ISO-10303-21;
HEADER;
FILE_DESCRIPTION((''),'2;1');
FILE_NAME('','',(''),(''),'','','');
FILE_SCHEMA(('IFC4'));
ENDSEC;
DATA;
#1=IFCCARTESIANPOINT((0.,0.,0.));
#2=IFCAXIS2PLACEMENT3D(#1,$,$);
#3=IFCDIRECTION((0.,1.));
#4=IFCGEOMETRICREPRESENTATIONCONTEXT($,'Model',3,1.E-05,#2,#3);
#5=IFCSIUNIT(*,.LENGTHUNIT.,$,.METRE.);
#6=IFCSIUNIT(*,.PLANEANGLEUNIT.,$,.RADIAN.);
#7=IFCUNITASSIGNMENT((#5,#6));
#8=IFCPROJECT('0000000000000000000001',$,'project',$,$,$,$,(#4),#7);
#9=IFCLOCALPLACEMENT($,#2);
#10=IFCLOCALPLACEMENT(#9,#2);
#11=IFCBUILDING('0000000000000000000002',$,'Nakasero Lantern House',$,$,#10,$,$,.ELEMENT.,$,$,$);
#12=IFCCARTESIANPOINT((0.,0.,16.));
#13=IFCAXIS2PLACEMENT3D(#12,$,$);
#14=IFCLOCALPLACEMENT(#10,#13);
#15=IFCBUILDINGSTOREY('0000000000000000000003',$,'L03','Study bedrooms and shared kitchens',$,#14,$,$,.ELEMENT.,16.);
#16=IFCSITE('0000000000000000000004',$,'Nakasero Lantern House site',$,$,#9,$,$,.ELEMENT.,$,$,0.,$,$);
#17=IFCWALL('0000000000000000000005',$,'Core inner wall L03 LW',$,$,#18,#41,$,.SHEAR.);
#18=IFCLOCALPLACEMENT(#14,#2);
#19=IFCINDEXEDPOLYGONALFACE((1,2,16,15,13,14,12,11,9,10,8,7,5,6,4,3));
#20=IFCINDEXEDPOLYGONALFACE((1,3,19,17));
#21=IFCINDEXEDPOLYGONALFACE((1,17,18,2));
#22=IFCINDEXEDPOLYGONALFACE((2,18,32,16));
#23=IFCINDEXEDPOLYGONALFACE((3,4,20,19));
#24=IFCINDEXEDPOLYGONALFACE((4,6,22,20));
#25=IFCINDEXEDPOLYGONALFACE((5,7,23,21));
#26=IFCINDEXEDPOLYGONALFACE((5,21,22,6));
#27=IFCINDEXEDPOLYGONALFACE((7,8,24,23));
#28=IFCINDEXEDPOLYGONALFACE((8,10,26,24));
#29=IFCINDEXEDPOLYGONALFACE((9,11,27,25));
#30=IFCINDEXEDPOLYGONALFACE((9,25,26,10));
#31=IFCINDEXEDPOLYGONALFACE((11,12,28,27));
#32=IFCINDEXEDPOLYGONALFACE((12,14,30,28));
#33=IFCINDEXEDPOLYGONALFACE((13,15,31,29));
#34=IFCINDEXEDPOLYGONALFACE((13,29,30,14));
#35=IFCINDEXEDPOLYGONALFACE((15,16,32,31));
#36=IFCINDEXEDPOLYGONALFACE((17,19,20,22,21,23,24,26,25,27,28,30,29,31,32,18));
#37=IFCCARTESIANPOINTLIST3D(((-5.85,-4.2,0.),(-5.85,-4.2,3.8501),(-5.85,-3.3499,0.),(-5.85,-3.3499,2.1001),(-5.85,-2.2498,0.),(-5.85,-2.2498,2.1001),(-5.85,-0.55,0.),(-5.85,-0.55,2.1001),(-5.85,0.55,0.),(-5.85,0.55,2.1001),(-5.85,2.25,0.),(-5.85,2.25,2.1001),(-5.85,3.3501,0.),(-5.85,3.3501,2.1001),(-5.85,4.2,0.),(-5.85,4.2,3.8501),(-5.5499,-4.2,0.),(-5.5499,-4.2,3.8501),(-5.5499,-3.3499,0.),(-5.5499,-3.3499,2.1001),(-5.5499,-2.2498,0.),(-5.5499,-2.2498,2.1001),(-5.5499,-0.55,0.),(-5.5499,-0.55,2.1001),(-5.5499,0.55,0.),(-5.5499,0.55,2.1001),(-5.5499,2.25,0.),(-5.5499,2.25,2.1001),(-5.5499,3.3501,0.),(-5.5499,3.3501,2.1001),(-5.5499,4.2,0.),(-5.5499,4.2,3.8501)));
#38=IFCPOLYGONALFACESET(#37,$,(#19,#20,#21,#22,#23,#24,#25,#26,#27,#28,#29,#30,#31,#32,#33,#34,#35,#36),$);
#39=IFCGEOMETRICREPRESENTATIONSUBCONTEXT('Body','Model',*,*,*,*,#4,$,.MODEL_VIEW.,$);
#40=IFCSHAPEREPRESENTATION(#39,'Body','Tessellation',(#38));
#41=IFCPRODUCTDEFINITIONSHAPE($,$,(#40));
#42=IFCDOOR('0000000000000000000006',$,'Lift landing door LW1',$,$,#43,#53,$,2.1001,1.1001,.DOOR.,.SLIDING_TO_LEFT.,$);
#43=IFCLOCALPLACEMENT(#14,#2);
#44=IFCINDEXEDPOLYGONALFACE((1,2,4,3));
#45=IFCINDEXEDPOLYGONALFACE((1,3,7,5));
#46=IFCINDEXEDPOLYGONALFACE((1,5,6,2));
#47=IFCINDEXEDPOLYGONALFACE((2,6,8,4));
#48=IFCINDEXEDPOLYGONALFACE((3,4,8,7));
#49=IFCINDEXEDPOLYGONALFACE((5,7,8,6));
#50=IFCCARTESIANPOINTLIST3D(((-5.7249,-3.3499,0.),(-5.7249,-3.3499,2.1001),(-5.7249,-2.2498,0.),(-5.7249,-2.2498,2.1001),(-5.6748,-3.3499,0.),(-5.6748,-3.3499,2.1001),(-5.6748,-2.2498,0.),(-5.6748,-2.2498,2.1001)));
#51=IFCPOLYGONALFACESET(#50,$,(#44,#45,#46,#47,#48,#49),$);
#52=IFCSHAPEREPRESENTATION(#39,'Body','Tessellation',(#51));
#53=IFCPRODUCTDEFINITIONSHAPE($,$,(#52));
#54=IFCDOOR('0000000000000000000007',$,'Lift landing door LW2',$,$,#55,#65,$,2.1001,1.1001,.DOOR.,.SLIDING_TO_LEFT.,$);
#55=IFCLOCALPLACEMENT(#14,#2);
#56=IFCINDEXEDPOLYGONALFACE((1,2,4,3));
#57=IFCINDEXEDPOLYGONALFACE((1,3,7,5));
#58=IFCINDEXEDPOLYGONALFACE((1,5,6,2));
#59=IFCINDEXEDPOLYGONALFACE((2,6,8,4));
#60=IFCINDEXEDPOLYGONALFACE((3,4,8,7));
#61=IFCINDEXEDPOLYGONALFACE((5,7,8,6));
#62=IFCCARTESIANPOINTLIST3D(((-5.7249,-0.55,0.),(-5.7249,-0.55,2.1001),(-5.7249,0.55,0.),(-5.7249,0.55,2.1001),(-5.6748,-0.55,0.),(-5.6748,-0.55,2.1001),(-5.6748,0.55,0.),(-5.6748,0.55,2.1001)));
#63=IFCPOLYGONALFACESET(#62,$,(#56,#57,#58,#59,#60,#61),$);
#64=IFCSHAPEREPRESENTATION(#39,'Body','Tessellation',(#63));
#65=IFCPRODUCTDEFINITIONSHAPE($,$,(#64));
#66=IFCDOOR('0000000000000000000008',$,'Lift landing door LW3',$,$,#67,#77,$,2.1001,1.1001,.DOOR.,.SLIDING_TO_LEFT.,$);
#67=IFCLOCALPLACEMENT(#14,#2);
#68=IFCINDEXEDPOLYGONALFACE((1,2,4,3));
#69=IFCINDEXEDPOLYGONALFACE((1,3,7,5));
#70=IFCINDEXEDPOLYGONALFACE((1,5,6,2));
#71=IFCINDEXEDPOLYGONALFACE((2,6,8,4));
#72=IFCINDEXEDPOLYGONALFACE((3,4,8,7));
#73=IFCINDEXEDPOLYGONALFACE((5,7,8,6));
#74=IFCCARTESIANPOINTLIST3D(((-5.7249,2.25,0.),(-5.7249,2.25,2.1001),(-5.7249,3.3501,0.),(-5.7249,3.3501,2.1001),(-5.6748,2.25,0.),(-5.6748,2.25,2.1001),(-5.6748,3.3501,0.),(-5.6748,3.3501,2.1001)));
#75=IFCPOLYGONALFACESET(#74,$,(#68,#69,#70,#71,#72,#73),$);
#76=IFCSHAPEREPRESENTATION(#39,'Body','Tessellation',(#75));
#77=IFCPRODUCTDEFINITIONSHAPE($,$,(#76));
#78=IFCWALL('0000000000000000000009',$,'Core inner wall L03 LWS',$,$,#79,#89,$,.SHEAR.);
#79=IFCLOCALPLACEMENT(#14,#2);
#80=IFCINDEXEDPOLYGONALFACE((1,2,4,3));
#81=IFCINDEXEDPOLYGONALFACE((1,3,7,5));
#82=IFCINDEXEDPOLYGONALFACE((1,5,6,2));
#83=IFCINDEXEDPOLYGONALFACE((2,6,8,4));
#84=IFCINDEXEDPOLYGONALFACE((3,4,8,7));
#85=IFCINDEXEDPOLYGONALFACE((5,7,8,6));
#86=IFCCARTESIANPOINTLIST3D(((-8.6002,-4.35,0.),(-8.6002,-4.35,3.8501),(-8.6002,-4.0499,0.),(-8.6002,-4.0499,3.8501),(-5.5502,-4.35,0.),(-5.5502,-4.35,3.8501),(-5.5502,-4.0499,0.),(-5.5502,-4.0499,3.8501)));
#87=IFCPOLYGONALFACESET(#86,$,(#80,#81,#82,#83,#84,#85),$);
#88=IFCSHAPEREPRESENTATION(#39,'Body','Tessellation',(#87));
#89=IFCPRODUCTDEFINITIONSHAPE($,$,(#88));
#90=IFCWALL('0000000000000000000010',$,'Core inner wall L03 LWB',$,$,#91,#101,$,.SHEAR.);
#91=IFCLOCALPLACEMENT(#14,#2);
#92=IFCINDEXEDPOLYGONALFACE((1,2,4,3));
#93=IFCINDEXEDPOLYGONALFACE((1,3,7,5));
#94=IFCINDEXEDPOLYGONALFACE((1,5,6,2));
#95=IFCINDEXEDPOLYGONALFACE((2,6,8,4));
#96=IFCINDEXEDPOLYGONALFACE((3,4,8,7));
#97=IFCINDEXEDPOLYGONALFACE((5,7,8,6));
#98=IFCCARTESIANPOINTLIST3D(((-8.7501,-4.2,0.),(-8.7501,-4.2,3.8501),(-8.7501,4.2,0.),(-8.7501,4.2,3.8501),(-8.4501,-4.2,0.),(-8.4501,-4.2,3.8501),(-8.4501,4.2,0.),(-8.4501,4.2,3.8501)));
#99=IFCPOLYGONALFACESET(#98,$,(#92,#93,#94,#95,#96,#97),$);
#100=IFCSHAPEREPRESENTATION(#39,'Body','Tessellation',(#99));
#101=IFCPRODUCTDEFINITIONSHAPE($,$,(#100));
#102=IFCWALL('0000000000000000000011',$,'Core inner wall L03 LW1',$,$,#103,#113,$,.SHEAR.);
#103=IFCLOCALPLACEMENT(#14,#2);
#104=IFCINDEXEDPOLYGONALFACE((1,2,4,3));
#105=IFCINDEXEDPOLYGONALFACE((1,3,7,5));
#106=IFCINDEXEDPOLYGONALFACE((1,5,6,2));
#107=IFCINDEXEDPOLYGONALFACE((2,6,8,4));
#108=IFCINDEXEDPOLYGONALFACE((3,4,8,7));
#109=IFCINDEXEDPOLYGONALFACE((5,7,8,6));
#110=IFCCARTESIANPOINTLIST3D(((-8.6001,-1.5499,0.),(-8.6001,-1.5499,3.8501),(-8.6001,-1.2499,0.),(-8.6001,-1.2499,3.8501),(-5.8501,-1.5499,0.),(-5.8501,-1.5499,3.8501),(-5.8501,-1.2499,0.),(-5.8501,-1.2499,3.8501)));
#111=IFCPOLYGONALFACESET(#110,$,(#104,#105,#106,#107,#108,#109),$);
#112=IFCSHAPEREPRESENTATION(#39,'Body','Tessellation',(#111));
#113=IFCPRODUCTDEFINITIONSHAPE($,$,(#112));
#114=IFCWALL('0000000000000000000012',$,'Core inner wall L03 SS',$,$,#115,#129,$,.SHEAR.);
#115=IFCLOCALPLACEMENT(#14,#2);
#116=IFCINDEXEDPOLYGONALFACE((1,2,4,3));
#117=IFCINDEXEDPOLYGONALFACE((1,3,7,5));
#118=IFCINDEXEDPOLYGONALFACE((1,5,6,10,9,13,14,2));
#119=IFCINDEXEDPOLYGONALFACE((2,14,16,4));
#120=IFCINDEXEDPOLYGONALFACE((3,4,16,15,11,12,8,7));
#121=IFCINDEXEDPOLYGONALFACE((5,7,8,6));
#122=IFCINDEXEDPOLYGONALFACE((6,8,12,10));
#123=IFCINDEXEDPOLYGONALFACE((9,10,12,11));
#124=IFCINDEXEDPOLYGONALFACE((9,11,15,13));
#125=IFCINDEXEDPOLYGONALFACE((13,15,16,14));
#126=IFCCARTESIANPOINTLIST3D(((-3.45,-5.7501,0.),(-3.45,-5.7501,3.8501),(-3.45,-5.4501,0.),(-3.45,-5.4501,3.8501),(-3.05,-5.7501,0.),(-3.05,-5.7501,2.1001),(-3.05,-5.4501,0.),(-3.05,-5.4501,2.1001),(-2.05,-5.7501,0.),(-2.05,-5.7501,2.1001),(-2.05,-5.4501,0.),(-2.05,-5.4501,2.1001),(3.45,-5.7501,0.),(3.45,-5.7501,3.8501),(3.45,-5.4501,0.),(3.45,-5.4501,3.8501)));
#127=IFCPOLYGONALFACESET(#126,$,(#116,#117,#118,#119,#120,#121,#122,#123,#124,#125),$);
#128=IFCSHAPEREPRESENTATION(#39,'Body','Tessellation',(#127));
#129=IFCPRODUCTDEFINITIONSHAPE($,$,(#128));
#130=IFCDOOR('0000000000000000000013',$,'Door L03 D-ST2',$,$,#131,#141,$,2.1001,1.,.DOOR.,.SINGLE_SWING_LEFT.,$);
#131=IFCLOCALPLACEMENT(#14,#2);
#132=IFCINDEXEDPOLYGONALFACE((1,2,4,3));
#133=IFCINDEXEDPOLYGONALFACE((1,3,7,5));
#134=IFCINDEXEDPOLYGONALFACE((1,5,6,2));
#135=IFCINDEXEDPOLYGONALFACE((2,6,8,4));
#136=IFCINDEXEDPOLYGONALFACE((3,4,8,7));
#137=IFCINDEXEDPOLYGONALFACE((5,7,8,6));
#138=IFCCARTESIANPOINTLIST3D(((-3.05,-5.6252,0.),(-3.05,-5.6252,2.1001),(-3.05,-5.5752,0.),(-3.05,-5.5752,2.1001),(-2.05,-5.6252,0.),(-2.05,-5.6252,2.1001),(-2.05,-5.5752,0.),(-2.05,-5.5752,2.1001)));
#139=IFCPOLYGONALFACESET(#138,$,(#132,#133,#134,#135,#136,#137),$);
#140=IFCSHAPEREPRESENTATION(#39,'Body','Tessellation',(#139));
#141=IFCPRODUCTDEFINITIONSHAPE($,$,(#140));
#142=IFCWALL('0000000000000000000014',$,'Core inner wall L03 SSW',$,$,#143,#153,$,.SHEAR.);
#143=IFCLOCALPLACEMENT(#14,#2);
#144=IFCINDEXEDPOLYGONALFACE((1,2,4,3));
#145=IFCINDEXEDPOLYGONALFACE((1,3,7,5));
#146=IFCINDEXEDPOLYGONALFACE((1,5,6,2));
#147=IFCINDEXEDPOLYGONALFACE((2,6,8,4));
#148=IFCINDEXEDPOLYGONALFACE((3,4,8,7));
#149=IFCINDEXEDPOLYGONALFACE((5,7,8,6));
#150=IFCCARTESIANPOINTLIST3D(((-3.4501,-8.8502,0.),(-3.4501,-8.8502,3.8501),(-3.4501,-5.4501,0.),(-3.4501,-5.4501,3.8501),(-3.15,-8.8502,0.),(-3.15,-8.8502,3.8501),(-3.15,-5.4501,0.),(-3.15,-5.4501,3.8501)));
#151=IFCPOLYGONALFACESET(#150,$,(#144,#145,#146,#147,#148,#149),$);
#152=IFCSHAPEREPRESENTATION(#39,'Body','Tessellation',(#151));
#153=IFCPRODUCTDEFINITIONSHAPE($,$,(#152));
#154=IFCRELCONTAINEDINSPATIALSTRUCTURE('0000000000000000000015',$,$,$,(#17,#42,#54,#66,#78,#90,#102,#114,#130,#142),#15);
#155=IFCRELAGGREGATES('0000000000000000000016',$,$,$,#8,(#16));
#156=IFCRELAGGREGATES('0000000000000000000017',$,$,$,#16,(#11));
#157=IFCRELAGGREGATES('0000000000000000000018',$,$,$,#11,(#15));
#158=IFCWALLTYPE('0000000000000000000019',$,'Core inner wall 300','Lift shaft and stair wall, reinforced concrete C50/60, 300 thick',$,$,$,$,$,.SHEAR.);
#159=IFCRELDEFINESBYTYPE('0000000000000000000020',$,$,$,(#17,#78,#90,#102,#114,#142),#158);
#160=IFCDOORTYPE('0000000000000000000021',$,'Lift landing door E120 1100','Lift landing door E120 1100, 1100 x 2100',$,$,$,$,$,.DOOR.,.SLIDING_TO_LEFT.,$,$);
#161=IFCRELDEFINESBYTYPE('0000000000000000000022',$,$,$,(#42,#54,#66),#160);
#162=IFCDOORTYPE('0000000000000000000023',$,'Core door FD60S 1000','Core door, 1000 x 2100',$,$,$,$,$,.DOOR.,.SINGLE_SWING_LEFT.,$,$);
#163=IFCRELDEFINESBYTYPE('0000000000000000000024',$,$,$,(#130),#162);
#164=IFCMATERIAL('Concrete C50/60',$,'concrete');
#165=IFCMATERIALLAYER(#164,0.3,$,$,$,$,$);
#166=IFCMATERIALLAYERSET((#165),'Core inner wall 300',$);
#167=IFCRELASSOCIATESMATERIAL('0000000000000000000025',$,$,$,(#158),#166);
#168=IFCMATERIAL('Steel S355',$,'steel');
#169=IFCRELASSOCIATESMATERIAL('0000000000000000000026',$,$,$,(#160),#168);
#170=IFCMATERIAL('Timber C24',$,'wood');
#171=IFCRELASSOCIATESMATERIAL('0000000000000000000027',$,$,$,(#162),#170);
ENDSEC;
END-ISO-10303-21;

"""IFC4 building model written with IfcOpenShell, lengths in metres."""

from ifc_helpers import new_model, si_unit, direction, frame, frame_2d, origin, place, context, subcontext, project, spatial, rectangle, extrude, material, layer, layer_set, type_object, element, fill, save


model = new_model("IFC4")

# Units and contexts
model_context = context("Model", 3, precision=1e-05, world=origin(), true_north=direction((0.0, 1.0)))
body_context = subcontext(model_context, "Body", "Model", "MODEL_VIEW")
ifc_project = project(units=[si_unit("LENGTHUNIT", "METRE"), si_unit("PLANEANGLEUNIT", "RADIAN")], contexts=[model_context])

# Site, building, storey
site_placement = place(None, origin())
site = spatial("IfcSite", under=ifc_project, at=site_placement, Name="Nakasero Lantern House site", CompositionType="ELEMENT", RefElevation=0.0)
building_placement = place(site_placement, origin())
building = spatial("IfcBuilding", under=site, at=building_placement, Name="Nakasero Lantern House", CompositionType="ELEMENT")
storey_placement = place(building_placement, frame((0.0, 0.0, 16.0)))
storey = spatial("IfcBuildingStorey", under=building, at=storey_placement, Name="L03", Description="Study bedrooms and shared kitchens", CompositionType="ELEMENT", Elevation=16.0)

# Wall, openings, doors
ifc_material_1 = material(Name="Concrete C50/60", Category="concrete")
ifc_layer_1 = layer(ifc_material_1, 0.3)
ifc_layer_set_1 = layer_set([ifc_layer_1], Name="Core inner wall 300")
wall_type_1 = type_object("IfcWallType", Name="Core inner wall 300", Description="Lift shaft and stair wall, reinforced concrete C50/60, 300 thick", PredefinedType="SHEAR", material=ifc_layer_set_1)
wall_1_placement = place(storey_placement, frame((-5.7, -4.2, 0.0), z_axis=(0.0, 0.0, 1.0), x_axis=(0.0, 1.0, 0.0)))
wall_1 = element("IfcWall", 1, at=wall_1_placement, inside=storey, type_object=wall_type_1, Name="Core inner wall L03 LW", PredefinedType="SHEAR", context=body_context, shape_type="SweptSolid", body=[
    extrude(rectangle(XDim=8.3999, YDim=0.3, at=frame_2d((4.2, 0.0))), origin(), (0.0, 0.0, 1.0), 3.8501),
])
opening_1_placement = place(wall_1_placement, frame((0.8501, 0.0, 0.0)))
opening_1 = element("IfcOpeningElement", 2, at=opening_1_placement, cuts=wall_1, PredefinedType="OPENING", context=body_context, shape_type="SweptSolid", body=[
    extrude(rectangle(XDim=1.1001, YDim=2.1001, at=frame_2d((0.55, 1.05))), frame((0.0, 0.1699, 0.0), z_axis=(0.0, -1.0, 0.0), x_axis=(1.0, 0.0, 0.0)), (0.0, 0.0, 1.0), 0.3401),
])
opening_2_placement = place(wall_1_placement, frame((3.6499, 0.0, 0.0)))
opening_2 = element("IfcOpeningElement", 3, at=opening_2_placement, cuts=wall_1, PredefinedType="OPENING", context=body_context, shape_type="SweptSolid", body=[
    extrude(rectangle(XDim=1.1001, YDim=2.1001, at=frame_2d((0.55, 1.05))), frame((0.0, 0.1699, 0.0), z_axis=(0.0, -1.0, 0.0), x_axis=(1.0, 0.0, 0.0)), (0.0, 0.0, 1.0), 0.3401),
])
opening_3_placement = place(wall_1_placement, frame((6.45, 0.0, 0.0)))
opening_3 = element("IfcOpeningElement", 4, at=opening_3_placement, cuts=wall_1, PredefinedType="OPENING", context=body_context, shape_type="SweptSolid", body=[
    extrude(rectangle(XDim=1.1001, YDim=2.1001, at=frame_2d((0.55, 1.05))), frame((0.0, 0.1699, 0.0), z_axis=(0.0, -1.0, 0.0), x_axis=(1.0, 0.0, 0.0)), (0.0, 0.0, 1.0), 0.3401),
])
ifc_material_2 = material(Name="Steel S355", Category="steel")
door_type_1 = type_object("IfcDoorType", Name="Lift landing door E120 1100", Description="Lift landing door E120 1100, 1100 x 2100", OperationType="SLIDING_TO_LEFT", PredefinedType="DOOR", material=ifc_material_2)
door_1_placement = place(opening_1_placement, origin())
door_1 = element("IfcDoor", 5, at=door_1_placement, inside=storey, type_object=door_type_1, Name="Lift landing door LW1", OperationType="SLIDING_TO_LEFT", OverallHeight=2.1001, OverallWidth=1.1001, PredefinedType="DOOR", context=body_context, shape_type="SweptSolid", body=[
    extrude(rectangle(XDim=1.1001, YDim=2.1001, at=frame_2d((0.55, 1.05))), frame((0.0, 0.0249, 0.0), z_axis=(0.0, -1.0, 0.0), x_axis=(1.0, 0.0, 0.0)), (0.0, 0.0, 1.0), 0.05),
])
fill(opening_1, door_1)
door_2_placement = place(opening_2_placement, origin())
door_2 = element("IfcDoor", 6, at=door_2_placement, inside=storey, type_object=door_type_1, Name="Lift landing door LW2", OperationType="SLIDING_TO_LEFT", OverallHeight=2.1001, OverallWidth=1.1001, PredefinedType="DOOR", context=body_context, shape_type="SweptSolid", body=[
    extrude(rectangle(XDim=1.1001, YDim=2.1001, at=frame_2d((0.55, 1.05))), frame((0.0, 0.0249, 0.0), z_axis=(0.0, -1.0, 0.0), x_axis=(1.0, 0.0, 0.0)), (0.0, 0.0, 1.0), 0.05),
])
fill(opening_2, door_2)
door_3_placement = place(opening_3_placement, origin())
door_3 = element("IfcDoor", 7, at=door_3_placement, inside=storey, type_object=door_type_1, Name="Lift landing door LW3", OperationType="SLIDING_TO_LEFT", OverallHeight=2.1001, OverallWidth=1.1001, PredefinedType="DOOR", context=body_context, shape_type="SweptSolid", body=[
    extrude(rectangle(XDim=1.1001, YDim=2.1001, at=frame_2d((0.55, 1.05))), frame((0.0, 0.0249, 0.0), z_axis=(0.0, -1.0, 0.0), x_axis=(1.0, 0.0, 0.0)), (0.0, 0.0, 1.0), 0.05),
])
fill(opening_3, door_3)

# Walls
wall_2_placement = place(storey_placement, frame((-8.6001, -4.2, 0.0), z_axis=(0.0, 0.0, 1.0), x_axis=(1.0, 0.0, 0.0)))
element("IfcWall", 8, at=wall_2_placement, inside=storey, type_object=wall_type_1, Name="Core inner wall L03 LWS", PredefinedType="SHEAR", context=body_context, shape_type="SweptSolid", body=[
    extrude(rectangle(XDim=3.05, YDim=0.3, at=frame_2d((1.5249, 0.0))), origin(), (0.0, 0.0, 1.0), 3.8501),
])
wall_3_placement = place(storey_placement, frame((-8.6001, -4.2, 0.0), z_axis=(0.0, 0.0, 1.0), x_axis=(0.0, 1.0, 0.0)))
element("IfcWall", 9, at=wall_3_placement, inside=storey, type_object=wall_type_1, Name="Core inner wall L03 LWB", PredefinedType="SHEAR", context=body_context, shape_type="SweptSolid", body=[
    extrude(rectangle(XDim=8.3999, YDim=0.3, at=frame_2d((4.2, 0.0))), origin(), (0.0, 0.0, 1.0), 3.8501),
])
wall_4_placement = place(storey_placement, frame((-8.6001, -1.3999, 0.0), z_axis=(0.0, 0.0, 1.0), x_axis=(1.0, 0.0, 0.0)))
element("IfcWall", 10, at=wall_4_placement, inside=storey, type_object=wall_type_1, Name="Core inner wall L03 LW1", PredefinedType="SHEAR", context=body_context, shape_type="SweptSolid", body=[
    extrude(rectangle(XDim=2.75, YDim=0.3, at=frame_2d((1.375, 0.0))), origin(), (0.0, 0.0, 1.0), 3.8501),
])

# Wall, opening, door
wall_5_placement = place(storey_placement, frame((-3.45, -5.6001, 0.0), z_axis=(0.0, 0.0, 1.0), x_axis=(1.0, 0.0, 0.0)))
wall_5 = element("IfcWall", 11, at=wall_5_placement, inside=storey, type_object=wall_type_1, Name="Core inner wall L03 SS", PredefinedType="SHEAR", context=body_context, shape_type="SweptSolid", body=[
    extrude(rectangle(XDim=6.8999, YDim=0.3, at=frame_2d((3.45, 0.0))), origin(), (0.0, 0.0, 1.0), 3.8501),
])
opening_4_placement = place(wall_5_placement, frame((0.3999, 0.0, 0.0)))
opening_4 = element("IfcOpeningElement", 12, at=opening_4_placement, cuts=wall_5, PredefinedType="OPENING", context=body_context, shape_type="SweptSolid", body=[
    extrude(rectangle(XDim=1.0, YDim=2.1001, at=frame_2d((0.5, 1.05))), frame((0.0, 0.1699, 0.0), z_axis=(0.0, -1.0, 0.0), x_axis=(1.0, 0.0, 0.0)), (0.0, 0.0, 1.0), 0.3401),
])
ifc_material_3 = material(Name="Timber C24", Category="wood")
door_type_2 = type_object("IfcDoorType", Name="Core door FD60S 1000", Description="Core door, 1000 x 2100", OperationType="SINGLE_SWING_LEFT", PredefinedType="DOOR", material=ifc_material_3)
door_4_placement = place(opening_4_placement, origin())
door_4 = element("IfcDoor", 13, at=door_4_placement, inside=storey, type_object=door_type_2, Name="Door L03 D-ST2", OperationType="SINGLE_SWING_LEFT", OverallHeight=2.1001, OverallWidth=1.0, PredefinedType="DOOR", context=body_context, shape_type="SweptSolid", body=[
    extrude(rectangle(XDim=1.0, YDim=2.1001, at=frame_2d((0.5, 1.05))), frame((0.0, 0.0249, 0.0), z_axis=(0.0, -1.0, 0.0), x_axis=(1.0, 0.0, 0.0)), (0.0, 0.0, 1.0), 0.05),
])
fill(opening_4, door_4)

# Wall
wall_6_placement = place(storey_placement, frame((-3.3, -5.45, 0.0), z_axis=(0.0, 0.0, 1.0), x_axis=(0.0, -1.0, 0.0)))
element("IfcWall", 14, at=wall_6_placement, inside=storey, type_object=wall_type_1, Name="Core inner wall L03 SSW", PredefinedType="SHEAR", context=body_context, shape_type="SweptSolid", body=[
    extrude(rectangle(XDim=3.4001, YDim=0.3, at=frame_2d((1.7002, 0.0))), origin(), (0.0, 0.0, 1.0), 3.8501),
])

save(model, "model.ifc")
